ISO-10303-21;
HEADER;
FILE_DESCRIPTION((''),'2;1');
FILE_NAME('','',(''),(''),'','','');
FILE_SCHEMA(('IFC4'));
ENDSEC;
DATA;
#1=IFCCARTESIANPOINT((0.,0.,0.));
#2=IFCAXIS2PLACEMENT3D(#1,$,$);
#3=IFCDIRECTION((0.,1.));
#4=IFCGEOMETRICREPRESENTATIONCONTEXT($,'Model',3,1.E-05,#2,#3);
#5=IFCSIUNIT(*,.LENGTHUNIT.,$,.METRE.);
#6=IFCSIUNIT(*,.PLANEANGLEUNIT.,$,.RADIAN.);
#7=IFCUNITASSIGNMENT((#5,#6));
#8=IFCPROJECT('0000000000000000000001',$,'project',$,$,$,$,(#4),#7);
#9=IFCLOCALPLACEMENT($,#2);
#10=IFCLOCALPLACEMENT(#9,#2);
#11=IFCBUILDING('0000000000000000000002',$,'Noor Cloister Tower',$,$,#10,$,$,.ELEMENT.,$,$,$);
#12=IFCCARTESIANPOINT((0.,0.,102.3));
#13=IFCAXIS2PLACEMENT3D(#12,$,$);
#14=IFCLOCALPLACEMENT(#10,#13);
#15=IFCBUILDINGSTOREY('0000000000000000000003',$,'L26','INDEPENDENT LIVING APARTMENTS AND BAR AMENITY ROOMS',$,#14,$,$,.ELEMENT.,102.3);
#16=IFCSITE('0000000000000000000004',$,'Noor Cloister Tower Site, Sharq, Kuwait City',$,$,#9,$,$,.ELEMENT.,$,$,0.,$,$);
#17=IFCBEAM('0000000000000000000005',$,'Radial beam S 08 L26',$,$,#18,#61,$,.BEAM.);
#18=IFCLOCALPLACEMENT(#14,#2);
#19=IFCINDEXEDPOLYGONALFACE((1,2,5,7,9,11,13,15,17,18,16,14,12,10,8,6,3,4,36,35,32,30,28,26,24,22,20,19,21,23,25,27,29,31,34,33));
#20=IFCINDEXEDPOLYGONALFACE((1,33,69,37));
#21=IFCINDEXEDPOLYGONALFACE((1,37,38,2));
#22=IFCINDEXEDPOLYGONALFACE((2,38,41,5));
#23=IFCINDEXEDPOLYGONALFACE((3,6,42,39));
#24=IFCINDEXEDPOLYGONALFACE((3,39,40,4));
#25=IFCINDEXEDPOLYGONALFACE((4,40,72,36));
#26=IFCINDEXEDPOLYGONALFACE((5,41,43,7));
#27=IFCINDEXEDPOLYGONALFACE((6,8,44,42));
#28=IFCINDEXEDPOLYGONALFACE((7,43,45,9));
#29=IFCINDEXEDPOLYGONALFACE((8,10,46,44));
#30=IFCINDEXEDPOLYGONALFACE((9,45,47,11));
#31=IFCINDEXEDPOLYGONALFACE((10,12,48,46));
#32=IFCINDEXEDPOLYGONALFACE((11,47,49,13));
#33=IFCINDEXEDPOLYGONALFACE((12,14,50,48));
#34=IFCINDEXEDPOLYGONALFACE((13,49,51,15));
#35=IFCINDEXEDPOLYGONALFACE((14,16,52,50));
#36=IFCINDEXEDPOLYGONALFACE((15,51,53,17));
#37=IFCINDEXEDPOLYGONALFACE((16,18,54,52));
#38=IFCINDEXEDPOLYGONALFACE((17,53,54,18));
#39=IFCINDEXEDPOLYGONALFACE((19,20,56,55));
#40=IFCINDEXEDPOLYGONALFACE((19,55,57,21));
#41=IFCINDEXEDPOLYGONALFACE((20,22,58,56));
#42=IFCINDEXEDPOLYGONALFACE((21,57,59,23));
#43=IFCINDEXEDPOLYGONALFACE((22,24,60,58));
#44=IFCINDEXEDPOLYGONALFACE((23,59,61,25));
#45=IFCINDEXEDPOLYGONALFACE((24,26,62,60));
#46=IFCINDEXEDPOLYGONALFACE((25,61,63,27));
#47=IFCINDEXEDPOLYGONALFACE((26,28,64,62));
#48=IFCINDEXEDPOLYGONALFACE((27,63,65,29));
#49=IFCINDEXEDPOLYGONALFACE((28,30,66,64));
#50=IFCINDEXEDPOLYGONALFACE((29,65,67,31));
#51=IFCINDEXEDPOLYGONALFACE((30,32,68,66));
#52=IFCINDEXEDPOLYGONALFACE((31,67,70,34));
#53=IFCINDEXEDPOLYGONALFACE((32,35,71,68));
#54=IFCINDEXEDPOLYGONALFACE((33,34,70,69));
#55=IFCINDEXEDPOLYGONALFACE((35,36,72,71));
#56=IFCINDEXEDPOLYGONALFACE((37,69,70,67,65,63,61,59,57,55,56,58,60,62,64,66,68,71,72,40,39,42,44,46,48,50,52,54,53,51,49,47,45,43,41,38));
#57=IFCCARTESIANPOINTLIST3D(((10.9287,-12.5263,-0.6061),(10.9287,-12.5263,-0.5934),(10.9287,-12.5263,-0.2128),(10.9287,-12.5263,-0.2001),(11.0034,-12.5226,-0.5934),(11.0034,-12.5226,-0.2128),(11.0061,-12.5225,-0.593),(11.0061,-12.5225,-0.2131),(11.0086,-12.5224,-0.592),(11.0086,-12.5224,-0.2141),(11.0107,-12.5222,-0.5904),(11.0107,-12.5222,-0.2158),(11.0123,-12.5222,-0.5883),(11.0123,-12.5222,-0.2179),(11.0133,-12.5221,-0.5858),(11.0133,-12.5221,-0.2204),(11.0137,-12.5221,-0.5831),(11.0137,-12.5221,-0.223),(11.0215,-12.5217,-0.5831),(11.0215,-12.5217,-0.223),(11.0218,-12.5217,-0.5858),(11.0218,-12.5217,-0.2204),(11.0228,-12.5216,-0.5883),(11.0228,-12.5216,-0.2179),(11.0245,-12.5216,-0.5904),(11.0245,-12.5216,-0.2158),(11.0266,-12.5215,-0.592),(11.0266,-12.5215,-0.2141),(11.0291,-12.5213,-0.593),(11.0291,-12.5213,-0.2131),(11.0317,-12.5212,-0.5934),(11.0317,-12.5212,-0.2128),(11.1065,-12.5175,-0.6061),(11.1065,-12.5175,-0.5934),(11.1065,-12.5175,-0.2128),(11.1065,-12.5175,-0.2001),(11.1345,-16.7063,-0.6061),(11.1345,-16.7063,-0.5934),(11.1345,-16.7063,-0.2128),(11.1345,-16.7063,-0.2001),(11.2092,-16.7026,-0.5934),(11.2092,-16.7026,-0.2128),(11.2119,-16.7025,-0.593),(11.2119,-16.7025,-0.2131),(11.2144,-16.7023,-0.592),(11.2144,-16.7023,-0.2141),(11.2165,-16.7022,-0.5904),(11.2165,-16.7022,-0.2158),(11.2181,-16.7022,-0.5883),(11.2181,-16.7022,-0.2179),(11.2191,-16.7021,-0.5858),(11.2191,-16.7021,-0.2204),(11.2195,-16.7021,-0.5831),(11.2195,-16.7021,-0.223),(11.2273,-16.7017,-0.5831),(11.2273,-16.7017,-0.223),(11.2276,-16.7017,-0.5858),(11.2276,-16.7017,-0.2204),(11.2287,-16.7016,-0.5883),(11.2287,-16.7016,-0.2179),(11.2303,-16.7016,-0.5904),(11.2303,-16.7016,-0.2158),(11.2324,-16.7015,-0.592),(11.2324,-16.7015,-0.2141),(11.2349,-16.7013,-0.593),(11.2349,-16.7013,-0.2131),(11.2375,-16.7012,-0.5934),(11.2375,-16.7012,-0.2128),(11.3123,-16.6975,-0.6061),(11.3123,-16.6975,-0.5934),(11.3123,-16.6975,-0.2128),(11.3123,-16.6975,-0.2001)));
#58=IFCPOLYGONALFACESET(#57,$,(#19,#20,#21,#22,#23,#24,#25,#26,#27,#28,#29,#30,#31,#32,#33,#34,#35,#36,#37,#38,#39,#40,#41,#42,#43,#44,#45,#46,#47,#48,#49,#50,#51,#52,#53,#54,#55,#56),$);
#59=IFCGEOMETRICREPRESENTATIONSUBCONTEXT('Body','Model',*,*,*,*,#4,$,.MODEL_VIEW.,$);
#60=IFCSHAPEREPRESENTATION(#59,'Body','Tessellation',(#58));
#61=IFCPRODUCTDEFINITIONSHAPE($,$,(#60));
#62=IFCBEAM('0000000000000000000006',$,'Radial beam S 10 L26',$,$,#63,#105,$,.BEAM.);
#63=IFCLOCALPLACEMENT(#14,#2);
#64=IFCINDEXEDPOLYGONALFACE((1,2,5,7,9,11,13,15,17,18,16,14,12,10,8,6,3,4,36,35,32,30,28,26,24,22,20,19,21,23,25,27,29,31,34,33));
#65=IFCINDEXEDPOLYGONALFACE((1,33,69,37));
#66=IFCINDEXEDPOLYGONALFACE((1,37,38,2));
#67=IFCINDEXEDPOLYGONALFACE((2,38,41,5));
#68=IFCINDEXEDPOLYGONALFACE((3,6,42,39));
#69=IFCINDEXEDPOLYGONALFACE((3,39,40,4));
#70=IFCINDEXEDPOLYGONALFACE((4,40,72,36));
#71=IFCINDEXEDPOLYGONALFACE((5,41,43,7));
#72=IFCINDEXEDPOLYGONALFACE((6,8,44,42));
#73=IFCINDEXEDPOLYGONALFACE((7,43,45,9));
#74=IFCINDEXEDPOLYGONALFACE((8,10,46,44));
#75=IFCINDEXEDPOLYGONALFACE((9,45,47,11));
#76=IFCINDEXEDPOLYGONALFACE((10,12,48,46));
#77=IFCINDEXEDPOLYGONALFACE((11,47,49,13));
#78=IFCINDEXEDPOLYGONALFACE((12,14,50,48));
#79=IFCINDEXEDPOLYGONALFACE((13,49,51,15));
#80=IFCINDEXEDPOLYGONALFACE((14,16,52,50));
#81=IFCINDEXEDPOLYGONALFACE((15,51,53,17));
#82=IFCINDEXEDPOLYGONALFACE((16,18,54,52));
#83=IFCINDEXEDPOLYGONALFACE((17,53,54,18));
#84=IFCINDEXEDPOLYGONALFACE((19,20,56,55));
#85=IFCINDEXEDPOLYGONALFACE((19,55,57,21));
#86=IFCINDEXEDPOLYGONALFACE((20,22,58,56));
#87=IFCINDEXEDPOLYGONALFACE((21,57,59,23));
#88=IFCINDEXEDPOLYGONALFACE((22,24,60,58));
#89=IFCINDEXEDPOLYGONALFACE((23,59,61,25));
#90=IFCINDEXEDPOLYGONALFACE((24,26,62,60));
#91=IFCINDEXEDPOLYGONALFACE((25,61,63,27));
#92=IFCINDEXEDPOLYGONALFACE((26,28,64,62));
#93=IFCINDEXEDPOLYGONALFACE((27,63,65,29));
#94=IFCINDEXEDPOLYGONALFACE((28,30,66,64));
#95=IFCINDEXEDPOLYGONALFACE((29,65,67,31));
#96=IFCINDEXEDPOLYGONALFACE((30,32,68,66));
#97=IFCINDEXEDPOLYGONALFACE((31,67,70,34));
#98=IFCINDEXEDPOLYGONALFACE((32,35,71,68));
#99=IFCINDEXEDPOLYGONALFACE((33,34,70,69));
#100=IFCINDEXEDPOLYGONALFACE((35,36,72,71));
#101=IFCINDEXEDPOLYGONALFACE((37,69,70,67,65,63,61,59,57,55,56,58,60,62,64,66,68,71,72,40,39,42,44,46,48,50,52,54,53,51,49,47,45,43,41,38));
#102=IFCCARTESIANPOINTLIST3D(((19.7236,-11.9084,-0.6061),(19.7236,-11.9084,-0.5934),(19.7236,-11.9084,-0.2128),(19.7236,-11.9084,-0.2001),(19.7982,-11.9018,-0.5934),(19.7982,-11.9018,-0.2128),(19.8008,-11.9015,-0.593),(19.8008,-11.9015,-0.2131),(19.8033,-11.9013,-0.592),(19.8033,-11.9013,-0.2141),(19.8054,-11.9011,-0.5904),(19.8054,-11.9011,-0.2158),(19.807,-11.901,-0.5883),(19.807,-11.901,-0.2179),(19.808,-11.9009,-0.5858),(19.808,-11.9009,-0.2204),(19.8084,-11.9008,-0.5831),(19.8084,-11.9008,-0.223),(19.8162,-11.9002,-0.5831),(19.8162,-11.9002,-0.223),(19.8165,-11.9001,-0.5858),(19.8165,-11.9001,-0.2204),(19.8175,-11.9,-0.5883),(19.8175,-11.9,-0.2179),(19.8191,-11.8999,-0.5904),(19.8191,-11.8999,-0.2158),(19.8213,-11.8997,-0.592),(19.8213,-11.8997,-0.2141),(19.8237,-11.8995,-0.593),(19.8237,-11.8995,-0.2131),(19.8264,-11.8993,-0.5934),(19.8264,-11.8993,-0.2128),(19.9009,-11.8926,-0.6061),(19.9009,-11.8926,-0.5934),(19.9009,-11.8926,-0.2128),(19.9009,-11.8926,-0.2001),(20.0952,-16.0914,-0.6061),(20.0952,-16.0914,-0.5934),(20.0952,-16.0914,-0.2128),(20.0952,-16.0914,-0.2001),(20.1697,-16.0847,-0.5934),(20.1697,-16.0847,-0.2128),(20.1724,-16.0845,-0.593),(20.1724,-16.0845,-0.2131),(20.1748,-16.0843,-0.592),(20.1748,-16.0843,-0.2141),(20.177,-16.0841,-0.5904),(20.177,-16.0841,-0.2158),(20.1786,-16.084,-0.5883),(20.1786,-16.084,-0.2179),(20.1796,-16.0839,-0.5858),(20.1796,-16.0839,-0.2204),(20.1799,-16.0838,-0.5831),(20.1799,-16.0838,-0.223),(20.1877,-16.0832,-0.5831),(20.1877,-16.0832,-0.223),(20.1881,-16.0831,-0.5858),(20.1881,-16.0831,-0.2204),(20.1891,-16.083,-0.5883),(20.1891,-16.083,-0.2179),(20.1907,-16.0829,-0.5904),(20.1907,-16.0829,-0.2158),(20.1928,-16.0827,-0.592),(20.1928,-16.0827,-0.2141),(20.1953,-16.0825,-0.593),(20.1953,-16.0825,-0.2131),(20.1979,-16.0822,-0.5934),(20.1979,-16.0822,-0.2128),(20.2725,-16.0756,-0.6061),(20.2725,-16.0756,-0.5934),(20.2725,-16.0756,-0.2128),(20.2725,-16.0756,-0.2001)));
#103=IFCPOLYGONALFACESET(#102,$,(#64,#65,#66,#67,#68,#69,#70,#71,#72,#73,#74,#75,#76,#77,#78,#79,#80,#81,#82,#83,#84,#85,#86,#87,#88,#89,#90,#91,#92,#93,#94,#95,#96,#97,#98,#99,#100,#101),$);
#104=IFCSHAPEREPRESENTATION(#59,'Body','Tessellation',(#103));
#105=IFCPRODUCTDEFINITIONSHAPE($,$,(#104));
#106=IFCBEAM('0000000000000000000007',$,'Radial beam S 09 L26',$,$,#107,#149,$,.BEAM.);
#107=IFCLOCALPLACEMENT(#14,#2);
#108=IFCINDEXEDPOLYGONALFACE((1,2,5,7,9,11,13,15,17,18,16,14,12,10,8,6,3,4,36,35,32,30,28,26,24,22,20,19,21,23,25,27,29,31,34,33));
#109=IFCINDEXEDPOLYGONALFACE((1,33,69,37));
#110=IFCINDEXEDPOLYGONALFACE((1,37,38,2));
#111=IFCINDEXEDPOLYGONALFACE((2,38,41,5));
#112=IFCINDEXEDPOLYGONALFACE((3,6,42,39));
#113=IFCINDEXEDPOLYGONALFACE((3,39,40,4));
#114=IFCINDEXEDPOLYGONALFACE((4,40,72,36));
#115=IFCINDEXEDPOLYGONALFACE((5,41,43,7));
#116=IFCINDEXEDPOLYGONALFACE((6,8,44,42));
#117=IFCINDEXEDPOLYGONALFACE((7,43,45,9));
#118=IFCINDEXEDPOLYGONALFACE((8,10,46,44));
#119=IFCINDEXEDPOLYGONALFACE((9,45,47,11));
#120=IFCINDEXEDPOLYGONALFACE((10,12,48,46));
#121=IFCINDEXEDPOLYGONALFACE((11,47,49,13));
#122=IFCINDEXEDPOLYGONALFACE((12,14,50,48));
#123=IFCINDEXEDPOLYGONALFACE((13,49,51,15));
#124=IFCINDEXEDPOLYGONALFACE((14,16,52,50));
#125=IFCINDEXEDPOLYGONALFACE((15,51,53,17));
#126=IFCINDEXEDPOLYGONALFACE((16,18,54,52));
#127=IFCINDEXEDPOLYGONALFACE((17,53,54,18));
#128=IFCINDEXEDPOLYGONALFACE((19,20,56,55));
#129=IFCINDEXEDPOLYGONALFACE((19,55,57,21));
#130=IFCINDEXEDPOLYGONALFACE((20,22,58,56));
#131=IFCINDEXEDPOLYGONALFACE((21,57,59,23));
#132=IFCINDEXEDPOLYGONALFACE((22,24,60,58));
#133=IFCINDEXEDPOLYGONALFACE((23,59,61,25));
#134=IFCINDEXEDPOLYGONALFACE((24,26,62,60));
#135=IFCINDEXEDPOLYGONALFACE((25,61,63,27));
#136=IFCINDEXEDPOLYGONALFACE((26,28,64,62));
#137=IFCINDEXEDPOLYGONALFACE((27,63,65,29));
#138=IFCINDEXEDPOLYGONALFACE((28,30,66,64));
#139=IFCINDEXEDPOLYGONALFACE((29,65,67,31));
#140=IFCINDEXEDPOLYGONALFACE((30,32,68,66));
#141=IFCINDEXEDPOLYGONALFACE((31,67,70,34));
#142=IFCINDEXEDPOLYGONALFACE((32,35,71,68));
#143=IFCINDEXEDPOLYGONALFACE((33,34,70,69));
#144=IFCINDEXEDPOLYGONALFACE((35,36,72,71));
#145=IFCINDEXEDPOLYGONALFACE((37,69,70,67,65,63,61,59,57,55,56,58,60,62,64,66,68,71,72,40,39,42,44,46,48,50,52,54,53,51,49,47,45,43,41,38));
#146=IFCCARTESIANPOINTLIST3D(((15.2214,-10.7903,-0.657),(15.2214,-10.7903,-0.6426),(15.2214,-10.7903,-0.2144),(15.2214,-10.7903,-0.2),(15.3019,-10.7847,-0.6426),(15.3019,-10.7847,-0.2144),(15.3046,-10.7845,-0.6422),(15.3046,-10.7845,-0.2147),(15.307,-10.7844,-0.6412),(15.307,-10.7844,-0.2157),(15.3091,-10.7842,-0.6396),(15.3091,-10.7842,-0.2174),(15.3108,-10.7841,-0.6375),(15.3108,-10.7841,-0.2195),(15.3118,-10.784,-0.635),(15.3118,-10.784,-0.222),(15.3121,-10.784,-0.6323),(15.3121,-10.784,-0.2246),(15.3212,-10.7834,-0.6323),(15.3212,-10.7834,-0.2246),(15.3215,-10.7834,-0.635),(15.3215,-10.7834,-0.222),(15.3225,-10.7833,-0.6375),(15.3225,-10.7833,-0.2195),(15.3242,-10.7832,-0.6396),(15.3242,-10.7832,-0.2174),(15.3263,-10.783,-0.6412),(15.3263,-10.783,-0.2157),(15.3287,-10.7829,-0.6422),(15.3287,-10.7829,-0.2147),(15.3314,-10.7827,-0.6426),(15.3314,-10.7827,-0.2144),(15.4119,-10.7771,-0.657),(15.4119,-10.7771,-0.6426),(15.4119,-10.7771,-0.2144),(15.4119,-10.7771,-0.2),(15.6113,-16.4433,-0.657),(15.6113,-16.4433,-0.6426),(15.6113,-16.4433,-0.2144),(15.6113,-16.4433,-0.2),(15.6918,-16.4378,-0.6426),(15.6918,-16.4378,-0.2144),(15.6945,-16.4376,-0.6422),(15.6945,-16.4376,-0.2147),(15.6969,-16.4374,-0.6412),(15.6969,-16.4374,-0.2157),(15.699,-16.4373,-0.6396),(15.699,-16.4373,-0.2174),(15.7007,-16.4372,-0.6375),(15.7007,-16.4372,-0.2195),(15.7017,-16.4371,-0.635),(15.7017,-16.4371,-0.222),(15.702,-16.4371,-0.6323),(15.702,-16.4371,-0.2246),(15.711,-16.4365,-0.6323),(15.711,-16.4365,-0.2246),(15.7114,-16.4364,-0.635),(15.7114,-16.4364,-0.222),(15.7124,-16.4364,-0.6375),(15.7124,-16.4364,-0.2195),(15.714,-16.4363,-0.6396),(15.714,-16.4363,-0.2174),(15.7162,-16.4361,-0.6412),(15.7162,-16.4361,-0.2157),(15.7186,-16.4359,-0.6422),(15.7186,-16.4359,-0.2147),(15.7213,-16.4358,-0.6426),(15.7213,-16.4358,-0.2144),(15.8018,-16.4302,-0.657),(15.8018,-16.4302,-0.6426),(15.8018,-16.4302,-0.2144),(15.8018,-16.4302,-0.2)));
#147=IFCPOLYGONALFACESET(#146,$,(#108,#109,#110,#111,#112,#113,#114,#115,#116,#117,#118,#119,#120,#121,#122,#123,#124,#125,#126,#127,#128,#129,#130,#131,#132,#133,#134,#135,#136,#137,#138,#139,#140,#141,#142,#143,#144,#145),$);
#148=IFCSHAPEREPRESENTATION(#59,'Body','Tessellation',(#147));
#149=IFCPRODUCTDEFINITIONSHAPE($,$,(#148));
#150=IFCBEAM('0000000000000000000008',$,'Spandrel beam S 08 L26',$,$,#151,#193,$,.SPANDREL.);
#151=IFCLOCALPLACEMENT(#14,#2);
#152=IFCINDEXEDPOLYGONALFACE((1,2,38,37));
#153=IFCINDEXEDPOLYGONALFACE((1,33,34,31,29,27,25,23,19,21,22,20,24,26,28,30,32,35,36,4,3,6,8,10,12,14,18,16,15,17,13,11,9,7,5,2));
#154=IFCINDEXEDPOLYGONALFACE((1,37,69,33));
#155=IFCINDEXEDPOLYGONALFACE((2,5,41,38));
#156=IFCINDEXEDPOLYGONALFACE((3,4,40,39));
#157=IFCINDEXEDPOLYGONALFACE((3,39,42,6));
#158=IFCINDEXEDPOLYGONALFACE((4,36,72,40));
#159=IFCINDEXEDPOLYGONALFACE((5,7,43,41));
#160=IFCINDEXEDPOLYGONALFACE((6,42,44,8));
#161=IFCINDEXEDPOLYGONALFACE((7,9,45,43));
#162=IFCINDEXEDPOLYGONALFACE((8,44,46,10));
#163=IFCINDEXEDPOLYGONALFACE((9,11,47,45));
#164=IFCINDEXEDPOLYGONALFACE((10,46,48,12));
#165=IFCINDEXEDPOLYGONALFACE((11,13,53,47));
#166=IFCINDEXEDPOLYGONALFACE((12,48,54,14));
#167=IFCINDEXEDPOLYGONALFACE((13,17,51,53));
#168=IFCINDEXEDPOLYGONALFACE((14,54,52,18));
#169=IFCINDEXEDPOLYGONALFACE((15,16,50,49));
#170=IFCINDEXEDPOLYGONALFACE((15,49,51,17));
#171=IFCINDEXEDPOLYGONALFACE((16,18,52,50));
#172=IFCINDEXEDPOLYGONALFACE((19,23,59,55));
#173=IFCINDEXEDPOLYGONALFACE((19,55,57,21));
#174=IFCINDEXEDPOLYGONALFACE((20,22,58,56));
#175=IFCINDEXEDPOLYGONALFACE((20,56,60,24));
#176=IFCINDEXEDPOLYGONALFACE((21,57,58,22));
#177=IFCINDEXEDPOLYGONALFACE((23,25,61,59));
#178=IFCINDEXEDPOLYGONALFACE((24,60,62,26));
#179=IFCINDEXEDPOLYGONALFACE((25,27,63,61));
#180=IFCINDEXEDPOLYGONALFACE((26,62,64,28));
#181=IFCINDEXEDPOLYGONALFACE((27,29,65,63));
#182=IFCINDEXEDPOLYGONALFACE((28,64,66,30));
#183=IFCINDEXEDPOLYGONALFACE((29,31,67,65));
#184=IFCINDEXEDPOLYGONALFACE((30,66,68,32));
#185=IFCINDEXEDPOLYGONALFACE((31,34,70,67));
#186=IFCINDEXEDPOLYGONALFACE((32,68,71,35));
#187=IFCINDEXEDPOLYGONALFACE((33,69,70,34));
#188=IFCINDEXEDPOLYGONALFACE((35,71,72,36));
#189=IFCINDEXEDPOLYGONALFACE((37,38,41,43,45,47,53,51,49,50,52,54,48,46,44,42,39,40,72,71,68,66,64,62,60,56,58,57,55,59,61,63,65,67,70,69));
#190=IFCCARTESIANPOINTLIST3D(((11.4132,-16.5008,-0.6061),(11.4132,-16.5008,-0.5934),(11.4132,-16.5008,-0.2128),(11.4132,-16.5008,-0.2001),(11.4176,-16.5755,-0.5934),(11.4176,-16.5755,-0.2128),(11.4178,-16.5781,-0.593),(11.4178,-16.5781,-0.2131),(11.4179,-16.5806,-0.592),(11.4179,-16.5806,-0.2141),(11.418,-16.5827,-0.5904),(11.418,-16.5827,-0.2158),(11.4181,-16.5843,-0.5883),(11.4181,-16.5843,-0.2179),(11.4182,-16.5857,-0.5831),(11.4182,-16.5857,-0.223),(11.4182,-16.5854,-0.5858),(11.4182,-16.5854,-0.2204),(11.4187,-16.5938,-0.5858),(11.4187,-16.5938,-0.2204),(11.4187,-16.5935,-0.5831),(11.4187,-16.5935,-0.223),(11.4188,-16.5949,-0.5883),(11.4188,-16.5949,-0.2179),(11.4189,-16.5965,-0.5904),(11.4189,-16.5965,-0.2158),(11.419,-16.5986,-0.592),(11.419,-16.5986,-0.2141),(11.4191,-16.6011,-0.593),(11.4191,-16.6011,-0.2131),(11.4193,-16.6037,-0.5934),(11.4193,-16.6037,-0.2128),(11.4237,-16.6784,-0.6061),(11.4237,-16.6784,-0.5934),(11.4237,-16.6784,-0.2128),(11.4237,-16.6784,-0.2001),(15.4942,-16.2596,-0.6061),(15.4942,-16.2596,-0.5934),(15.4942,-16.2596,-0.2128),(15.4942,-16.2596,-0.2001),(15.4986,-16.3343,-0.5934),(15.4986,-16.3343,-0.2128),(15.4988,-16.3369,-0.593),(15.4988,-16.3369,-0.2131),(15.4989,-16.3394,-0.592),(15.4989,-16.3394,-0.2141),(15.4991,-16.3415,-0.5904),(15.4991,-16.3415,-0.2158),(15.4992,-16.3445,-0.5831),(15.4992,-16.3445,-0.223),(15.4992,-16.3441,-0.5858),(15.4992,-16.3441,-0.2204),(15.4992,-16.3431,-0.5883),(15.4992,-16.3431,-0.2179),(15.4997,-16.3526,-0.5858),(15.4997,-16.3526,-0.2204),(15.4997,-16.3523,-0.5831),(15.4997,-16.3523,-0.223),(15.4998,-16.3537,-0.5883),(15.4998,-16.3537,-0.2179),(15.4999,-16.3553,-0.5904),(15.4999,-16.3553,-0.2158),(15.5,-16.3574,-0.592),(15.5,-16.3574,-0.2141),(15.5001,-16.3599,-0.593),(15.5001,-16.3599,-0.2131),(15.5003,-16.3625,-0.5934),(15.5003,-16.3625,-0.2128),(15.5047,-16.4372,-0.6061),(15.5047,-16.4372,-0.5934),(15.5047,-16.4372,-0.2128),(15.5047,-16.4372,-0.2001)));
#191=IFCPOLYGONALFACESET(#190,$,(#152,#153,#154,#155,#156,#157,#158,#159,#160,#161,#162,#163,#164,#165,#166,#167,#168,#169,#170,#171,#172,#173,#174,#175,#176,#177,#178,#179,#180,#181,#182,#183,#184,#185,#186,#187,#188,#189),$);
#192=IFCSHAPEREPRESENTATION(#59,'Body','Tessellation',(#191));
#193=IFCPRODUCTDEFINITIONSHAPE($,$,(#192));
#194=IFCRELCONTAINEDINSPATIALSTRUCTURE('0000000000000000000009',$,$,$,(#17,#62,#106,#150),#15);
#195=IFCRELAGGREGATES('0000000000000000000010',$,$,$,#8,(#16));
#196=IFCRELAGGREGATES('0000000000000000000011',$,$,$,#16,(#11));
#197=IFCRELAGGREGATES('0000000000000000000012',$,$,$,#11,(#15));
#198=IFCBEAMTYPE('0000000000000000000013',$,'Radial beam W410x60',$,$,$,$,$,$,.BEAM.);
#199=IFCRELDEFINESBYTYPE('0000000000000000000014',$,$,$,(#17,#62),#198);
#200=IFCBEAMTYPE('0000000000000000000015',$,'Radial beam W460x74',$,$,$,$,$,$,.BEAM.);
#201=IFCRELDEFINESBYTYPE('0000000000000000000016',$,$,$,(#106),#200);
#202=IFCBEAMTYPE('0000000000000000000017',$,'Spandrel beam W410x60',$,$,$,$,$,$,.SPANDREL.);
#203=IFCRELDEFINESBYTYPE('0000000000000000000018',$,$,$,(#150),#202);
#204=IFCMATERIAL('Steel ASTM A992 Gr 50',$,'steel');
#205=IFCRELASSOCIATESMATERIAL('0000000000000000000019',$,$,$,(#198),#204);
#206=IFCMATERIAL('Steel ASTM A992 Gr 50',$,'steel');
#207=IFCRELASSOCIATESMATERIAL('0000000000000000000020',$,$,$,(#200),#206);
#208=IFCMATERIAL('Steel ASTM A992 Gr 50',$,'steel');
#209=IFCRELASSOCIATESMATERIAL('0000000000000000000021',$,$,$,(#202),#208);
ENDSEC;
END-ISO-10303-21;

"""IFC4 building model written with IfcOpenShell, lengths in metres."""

from ifc_helpers import new_model, si_unit, direction, frame, origin, origin_2d, place, context, subcontext, project, spatial, i_section, extrude, material, material_profile, profile_set, type_object, element, save


model = new_model("IFC4")

# Units and contexts
model_context = context("Model", 3, precision=1e-05, world=origin(), true_north=direction((0.0, 1.0)))
body_context = subcontext(model_context, "Body", "Model", "MODEL_VIEW")
ifc_project = project(units=[si_unit("LENGTHUNIT", "METRE"), si_unit("PLANEANGLEUNIT", "RADIAN")], contexts=[model_context])

# Site, building, storey
site_placement = place(None, origin())
site = spatial("IfcSite", under=ifc_project, at=site_placement, Name="Noor Cloister Tower Site, Sharq, Kuwait City", CompositionType="ELEMENT", RefElevation=0.0)
building_placement = place(site_placement, origin())
building = spatial("IfcBuilding", under=site, at=building_placement, Name="Noor Cloister Tower", CompositionType="ELEMENT")
storey_placement = place(building_placement, frame((0.0, 0.0, 102.3)))
storey = spatial("IfcBuildingStorey", under=building, at=storey_placement, Name="L26", Description="INDEPENDENT LIVING APARTMENTS AND BAR AMENITY ROOMS", CompositionType="ELEMENT", Elevation=102.3)

# Beams
ifc_material_1 = material(Name="Steel ASTM A992 Gr 50", Category="steel")
ifc_material_profile_1 = material_profile(ifc_material_1, i_section(OverallWidth=0.178, OverallDepth=0.406, WebThickness=0.0078, FlangeThickness=0.0127, FilletRadius=0.0103, at=origin_2d()), Name="W410x60")
ifc_profile_set_1 = profile_set([ifc_material_profile_1], Name="Steel ASTM A992 Gr 50")
beam_type_1 = type_object("IfcBeamType", Name="Radial beam W410x60", PredefinedType="BEAM", material=ifc_profile_set_1)
beam_1_placement = place(storey_placement, frame((11.2234, -16.7019, -0.4031), z_axis=(-0.049178, 0.99879, 0.0), x_axis=(-0.99879, -0.049178, 0.0)))
element("IfcBeam", 1, at=beam_1_placement, inside=storey, type_object=beam_type_1, Name="Radial beam S 08 L26", PredefinedType="BEAM", context=body_context, shape_type="SweptSolid", body=[
    extrude(i_section(OverallWidth=0.178, OverallDepth=0.406, WebThickness=0.0078, FlangeThickness=0.0127, FilletRadius=0.0103, at=origin_2d()), origin(), (0.0, 0.0, 1.0), 4.1851),
])
beam_2_placement = place(storey_placement, frame((20.1838, -16.0835, -0.4031), z_axis=(-0.088481, 0.996078, 0.0), x_axis=(-0.996078, -0.088481, 0.0)))
element("IfcBeam", 2, at=beam_2_placement, inside=storey, type_object=beam_type_1, Name="Radial beam S 10 L26", PredefinedType="BEAM", context=body_context, shape_type="SweptSolid", body=[
    extrude(i_section(OverallWidth=0.178, OverallDepth=0.406, WebThickness=0.0078, FlangeThickness=0.0127, FilletRadius=0.0103, at=origin_2d()), origin(), (0.0, 0.0, 1.0), 4.1995),
])
ifc_material_2 = material(Name="Steel ASTM A992 Gr 50", Category="steel")
ifc_material_profile_2 = material_profile(ifc_material_2, i_section(OverallWidth=0.1909, OverallDepth=0.457, WebThickness=0.009, FlangeThickness=0.0144, FilletRadius=0.0103, at=origin_2d()), Name="W460x74")
ifc_profile_set_2 = profile_set([ifc_material_profile_2], Name="Steel ASTM A992 Gr 50")
beam_type_2 = type_object("IfcBeamType", Name="Radial beam W460x74", PredefinedType="BEAM", material=ifc_profile_set_2)
beam_3_placement = place(storey_placement, frame((15.7065, -16.4368, -0.4285), z_axis=(-0.068807, 0.99763, 0.0), x_axis=(-0.99763, -0.068807, 0.0)))
element("IfcBeam", 3, at=beam_3_placement, inside=storey, type_object=beam_type_2, Name="Radial beam S 09 L26", PredefinedType="BEAM", context=body_context, shape_type="SweptSolid", body=[
    extrude(i_section(OverallWidth=0.1909, OverallDepth=0.457, WebThickness=0.009, FlangeThickness=0.0144, FilletRadius=0.0103, at=origin_2d()), origin(), (0.0, 0.0, 1.0), 5.6665),
])
ifc_material_3 = material(Name="Steel ASTM A992 Gr 50", Category="steel")
ifc_material_profile_3 = material_profile(ifc_material_3, i_section(OverallWidth=0.178, OverallDepth=0.406, WebThickness=0.0078, FlangeThickness=0.0127, FilletRadius=0.0103, at=origin_2d()), Name="W410x60")
ifc_profile_set_3 = profile_set([ifc_material_profile_3], Name="Steel ASTM A992 Gr 50")
beam_type_3 = type_object("IfcBeamType", Name="Spandrel beam W410x60", PredefinedType="SPANDREL", material=ifc_profile_set_3)
for number, where, z_axis, x_axis, name in (
    (4, (11.4185, -16.5896, -0.4031), (0.998258, 0.059002, 0.0), (-0.059002, 0.998258, 0.0), "Spandrel beam S 08 L26"),
):
    element("IfcBeam", number, at=place(storey_placement, frame(where, z_axis=z_axis, x_axis=x_axis)), inside=storey, type_object=beam_type_3, Name=name, PredefinedType="SPANDREL", context=body_context, shape_type="SweptSolid", body=[
        extrude(i_section(OverallWidth=0.178, OverallDepth=0.406, WebThickness=0.0078, FlangeThickness=0.0127, FilletRadius=0.0103, at=origin_2d()), origin(), (0.0, 0.0, 1.0), 4.0881),
    ])

save(model, "model.ifc")
